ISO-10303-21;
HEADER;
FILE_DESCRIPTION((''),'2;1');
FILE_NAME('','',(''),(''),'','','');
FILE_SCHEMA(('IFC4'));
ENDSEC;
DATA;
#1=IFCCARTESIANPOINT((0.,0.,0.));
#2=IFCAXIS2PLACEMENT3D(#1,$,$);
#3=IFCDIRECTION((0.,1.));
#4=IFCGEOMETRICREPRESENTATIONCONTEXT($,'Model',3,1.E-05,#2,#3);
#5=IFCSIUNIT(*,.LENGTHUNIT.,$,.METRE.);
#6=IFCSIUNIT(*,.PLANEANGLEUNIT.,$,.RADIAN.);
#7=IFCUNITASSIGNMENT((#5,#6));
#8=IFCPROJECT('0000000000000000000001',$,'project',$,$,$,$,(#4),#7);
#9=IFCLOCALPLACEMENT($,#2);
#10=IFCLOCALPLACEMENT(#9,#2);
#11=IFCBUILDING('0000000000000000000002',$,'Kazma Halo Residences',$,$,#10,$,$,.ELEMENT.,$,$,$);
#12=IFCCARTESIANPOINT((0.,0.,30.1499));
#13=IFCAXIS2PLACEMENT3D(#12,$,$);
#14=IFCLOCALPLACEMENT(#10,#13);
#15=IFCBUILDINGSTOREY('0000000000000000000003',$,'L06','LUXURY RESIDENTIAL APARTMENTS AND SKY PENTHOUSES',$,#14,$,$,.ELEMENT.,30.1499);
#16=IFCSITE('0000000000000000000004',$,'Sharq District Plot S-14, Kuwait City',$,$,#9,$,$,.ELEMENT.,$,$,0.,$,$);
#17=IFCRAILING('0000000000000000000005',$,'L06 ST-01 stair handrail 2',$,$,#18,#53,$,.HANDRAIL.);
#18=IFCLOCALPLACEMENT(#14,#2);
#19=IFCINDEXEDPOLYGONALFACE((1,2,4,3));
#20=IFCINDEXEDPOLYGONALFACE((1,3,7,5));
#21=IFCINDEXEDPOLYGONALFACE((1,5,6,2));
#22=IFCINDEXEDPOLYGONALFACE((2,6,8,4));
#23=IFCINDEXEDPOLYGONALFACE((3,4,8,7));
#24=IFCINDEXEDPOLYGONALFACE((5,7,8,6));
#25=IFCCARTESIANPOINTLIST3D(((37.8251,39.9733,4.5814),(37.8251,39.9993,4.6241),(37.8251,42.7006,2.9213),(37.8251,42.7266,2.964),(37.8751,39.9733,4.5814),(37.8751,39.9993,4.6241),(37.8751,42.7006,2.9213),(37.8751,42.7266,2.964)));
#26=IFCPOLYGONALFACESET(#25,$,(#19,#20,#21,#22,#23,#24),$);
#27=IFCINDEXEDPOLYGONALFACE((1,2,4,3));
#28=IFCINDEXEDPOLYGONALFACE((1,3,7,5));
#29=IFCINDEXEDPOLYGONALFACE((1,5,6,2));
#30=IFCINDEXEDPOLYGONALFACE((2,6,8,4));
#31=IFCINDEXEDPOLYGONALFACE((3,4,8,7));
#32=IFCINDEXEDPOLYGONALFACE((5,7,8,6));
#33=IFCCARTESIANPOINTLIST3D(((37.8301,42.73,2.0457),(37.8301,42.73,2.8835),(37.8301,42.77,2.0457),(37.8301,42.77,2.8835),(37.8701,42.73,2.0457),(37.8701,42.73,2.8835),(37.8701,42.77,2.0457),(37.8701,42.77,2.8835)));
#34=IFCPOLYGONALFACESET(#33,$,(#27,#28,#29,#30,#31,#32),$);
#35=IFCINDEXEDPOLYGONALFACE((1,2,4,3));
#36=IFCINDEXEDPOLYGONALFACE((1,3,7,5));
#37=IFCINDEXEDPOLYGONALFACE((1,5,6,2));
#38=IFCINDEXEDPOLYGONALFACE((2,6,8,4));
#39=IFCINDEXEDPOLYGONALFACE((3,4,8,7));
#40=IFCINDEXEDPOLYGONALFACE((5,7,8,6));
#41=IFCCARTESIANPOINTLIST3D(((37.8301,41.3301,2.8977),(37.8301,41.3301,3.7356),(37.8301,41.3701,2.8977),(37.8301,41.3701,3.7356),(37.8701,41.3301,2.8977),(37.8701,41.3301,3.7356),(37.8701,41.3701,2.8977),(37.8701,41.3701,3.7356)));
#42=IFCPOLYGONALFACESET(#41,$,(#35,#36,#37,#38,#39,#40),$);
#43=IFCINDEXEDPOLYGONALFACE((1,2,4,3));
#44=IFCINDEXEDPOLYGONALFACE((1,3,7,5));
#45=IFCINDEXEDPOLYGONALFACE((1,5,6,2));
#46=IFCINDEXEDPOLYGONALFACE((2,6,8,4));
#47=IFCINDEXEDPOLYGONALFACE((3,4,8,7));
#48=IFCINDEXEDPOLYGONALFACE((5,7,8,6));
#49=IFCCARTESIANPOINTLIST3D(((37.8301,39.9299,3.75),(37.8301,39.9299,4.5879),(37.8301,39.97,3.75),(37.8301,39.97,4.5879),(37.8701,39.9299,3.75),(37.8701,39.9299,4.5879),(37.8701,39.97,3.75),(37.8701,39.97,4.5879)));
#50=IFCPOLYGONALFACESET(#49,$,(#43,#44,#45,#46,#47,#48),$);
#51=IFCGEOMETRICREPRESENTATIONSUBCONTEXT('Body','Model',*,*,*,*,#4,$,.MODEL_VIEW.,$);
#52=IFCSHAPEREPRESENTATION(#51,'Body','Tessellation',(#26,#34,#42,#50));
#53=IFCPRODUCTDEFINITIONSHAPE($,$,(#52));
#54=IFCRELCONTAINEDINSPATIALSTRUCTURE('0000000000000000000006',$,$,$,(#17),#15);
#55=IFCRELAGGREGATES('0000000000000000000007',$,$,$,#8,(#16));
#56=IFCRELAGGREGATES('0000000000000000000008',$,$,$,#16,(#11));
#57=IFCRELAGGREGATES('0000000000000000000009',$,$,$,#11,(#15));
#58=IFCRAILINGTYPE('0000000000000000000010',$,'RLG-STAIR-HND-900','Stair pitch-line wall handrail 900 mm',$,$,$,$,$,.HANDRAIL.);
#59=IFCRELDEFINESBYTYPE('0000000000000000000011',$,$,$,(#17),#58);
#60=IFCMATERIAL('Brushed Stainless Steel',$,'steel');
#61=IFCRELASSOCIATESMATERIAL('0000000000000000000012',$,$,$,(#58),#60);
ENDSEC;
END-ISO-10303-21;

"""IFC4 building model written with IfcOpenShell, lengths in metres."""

from ifc_helpers import new_model, si_unit, direction, frame, origin, origin_2d, place, context, subcontext, project, spatial, rectangle, extrude, material, type_object, element, save


model = new_model("IFC4")

# Units and contexts
model_context = context("Model", 3, precision=1e-05, world=origin(), true_north=direction((0.0, 1.0)))
body_context = subcontext(model_context, "Body", "Model", "MODEL_VIEW")
ifc_project = project(units=[si_unit("LENGTHUNIT", "METRE"), si_unit("PLANEANGLEUNIT", "RADIAN")], contexts=[model_context])

# Site, building, storey
site_placement = place(None, origin())
site = spatial("IfcSite", under=ifc_project, at=site_placement, Name="Sharq District Plot S-14, Kuwait City", CompositionType="ELEMENT", RefElevation=0.0)
building_placement = place(site_placement, origin())
building = spatial("IfcBuilding", under=site, at=building_placement, Name="Kazma Halo Residences", CompositionType="ELEMENT")
storey_placement = place(building_placement, frame((0.0, 0.0, 30.1499)))
storey = spatial("IfcBuildingStorey", under=building, at=storey_placement, Name="L06", Description="LUXURY RESIDENTIAL APARTMENTS AND SKY PENTHOUSES", CompositionType="ELEMENT", Elevation=30.1499)

# Railing
ifc_material_1 = material(Name="Brushed Stainless Steel", Category="steel")
railing_type_1 = type_object("IfcRailingType", Name="RLG-STAIR-HND-900", Description="Stair pitch-line wall handrail 900 mm", PredefinedType="HANDRAIL", material=ifc_material_1)
railing_1_placement = place(storey_placement, frame((37.8501, 42.75, 2.0457)))
element("IfcRailing", 1, at=railing_1_placement, inside=storey, type_object=railing_type_1, Name="L06 ST-01 stair handrail 2", PredefinedType="HANDRAIL", context=body_context, shape_type="SweptSolid", body=[
    extrude(rectangle(XDim=0.05, YDim=0.05, at=origin_2d()), frame((0.0, -0.0364, 0.897), z_axis=(0.0, -0.854203, 0.51994), x_axis=(1.0, 0.0, 0.0)), (0.0, 0.0, 1.0), 3.1929),
    extrude(rectangle(XDim=0.04, YDim=0.04, at=origin_2d()), origin(), (0.0, 0.0, 1.0), 0.8379),
    extrude(rectangle(XDim=0.04, YDim=0.04, at=origin_2d()), frame((0.0, -1.3999, 0.8521)), (0.0, 0.0, 1.0), 0.8379),
    extrude(rectangle(XDim=0.04, YDim=0.04, at=origin_2d()), frame((0.0, -2.8, 1.7043)), (0.0, 0.0, 1.0), 0.8379),
])

save(model, "model.ifc")
